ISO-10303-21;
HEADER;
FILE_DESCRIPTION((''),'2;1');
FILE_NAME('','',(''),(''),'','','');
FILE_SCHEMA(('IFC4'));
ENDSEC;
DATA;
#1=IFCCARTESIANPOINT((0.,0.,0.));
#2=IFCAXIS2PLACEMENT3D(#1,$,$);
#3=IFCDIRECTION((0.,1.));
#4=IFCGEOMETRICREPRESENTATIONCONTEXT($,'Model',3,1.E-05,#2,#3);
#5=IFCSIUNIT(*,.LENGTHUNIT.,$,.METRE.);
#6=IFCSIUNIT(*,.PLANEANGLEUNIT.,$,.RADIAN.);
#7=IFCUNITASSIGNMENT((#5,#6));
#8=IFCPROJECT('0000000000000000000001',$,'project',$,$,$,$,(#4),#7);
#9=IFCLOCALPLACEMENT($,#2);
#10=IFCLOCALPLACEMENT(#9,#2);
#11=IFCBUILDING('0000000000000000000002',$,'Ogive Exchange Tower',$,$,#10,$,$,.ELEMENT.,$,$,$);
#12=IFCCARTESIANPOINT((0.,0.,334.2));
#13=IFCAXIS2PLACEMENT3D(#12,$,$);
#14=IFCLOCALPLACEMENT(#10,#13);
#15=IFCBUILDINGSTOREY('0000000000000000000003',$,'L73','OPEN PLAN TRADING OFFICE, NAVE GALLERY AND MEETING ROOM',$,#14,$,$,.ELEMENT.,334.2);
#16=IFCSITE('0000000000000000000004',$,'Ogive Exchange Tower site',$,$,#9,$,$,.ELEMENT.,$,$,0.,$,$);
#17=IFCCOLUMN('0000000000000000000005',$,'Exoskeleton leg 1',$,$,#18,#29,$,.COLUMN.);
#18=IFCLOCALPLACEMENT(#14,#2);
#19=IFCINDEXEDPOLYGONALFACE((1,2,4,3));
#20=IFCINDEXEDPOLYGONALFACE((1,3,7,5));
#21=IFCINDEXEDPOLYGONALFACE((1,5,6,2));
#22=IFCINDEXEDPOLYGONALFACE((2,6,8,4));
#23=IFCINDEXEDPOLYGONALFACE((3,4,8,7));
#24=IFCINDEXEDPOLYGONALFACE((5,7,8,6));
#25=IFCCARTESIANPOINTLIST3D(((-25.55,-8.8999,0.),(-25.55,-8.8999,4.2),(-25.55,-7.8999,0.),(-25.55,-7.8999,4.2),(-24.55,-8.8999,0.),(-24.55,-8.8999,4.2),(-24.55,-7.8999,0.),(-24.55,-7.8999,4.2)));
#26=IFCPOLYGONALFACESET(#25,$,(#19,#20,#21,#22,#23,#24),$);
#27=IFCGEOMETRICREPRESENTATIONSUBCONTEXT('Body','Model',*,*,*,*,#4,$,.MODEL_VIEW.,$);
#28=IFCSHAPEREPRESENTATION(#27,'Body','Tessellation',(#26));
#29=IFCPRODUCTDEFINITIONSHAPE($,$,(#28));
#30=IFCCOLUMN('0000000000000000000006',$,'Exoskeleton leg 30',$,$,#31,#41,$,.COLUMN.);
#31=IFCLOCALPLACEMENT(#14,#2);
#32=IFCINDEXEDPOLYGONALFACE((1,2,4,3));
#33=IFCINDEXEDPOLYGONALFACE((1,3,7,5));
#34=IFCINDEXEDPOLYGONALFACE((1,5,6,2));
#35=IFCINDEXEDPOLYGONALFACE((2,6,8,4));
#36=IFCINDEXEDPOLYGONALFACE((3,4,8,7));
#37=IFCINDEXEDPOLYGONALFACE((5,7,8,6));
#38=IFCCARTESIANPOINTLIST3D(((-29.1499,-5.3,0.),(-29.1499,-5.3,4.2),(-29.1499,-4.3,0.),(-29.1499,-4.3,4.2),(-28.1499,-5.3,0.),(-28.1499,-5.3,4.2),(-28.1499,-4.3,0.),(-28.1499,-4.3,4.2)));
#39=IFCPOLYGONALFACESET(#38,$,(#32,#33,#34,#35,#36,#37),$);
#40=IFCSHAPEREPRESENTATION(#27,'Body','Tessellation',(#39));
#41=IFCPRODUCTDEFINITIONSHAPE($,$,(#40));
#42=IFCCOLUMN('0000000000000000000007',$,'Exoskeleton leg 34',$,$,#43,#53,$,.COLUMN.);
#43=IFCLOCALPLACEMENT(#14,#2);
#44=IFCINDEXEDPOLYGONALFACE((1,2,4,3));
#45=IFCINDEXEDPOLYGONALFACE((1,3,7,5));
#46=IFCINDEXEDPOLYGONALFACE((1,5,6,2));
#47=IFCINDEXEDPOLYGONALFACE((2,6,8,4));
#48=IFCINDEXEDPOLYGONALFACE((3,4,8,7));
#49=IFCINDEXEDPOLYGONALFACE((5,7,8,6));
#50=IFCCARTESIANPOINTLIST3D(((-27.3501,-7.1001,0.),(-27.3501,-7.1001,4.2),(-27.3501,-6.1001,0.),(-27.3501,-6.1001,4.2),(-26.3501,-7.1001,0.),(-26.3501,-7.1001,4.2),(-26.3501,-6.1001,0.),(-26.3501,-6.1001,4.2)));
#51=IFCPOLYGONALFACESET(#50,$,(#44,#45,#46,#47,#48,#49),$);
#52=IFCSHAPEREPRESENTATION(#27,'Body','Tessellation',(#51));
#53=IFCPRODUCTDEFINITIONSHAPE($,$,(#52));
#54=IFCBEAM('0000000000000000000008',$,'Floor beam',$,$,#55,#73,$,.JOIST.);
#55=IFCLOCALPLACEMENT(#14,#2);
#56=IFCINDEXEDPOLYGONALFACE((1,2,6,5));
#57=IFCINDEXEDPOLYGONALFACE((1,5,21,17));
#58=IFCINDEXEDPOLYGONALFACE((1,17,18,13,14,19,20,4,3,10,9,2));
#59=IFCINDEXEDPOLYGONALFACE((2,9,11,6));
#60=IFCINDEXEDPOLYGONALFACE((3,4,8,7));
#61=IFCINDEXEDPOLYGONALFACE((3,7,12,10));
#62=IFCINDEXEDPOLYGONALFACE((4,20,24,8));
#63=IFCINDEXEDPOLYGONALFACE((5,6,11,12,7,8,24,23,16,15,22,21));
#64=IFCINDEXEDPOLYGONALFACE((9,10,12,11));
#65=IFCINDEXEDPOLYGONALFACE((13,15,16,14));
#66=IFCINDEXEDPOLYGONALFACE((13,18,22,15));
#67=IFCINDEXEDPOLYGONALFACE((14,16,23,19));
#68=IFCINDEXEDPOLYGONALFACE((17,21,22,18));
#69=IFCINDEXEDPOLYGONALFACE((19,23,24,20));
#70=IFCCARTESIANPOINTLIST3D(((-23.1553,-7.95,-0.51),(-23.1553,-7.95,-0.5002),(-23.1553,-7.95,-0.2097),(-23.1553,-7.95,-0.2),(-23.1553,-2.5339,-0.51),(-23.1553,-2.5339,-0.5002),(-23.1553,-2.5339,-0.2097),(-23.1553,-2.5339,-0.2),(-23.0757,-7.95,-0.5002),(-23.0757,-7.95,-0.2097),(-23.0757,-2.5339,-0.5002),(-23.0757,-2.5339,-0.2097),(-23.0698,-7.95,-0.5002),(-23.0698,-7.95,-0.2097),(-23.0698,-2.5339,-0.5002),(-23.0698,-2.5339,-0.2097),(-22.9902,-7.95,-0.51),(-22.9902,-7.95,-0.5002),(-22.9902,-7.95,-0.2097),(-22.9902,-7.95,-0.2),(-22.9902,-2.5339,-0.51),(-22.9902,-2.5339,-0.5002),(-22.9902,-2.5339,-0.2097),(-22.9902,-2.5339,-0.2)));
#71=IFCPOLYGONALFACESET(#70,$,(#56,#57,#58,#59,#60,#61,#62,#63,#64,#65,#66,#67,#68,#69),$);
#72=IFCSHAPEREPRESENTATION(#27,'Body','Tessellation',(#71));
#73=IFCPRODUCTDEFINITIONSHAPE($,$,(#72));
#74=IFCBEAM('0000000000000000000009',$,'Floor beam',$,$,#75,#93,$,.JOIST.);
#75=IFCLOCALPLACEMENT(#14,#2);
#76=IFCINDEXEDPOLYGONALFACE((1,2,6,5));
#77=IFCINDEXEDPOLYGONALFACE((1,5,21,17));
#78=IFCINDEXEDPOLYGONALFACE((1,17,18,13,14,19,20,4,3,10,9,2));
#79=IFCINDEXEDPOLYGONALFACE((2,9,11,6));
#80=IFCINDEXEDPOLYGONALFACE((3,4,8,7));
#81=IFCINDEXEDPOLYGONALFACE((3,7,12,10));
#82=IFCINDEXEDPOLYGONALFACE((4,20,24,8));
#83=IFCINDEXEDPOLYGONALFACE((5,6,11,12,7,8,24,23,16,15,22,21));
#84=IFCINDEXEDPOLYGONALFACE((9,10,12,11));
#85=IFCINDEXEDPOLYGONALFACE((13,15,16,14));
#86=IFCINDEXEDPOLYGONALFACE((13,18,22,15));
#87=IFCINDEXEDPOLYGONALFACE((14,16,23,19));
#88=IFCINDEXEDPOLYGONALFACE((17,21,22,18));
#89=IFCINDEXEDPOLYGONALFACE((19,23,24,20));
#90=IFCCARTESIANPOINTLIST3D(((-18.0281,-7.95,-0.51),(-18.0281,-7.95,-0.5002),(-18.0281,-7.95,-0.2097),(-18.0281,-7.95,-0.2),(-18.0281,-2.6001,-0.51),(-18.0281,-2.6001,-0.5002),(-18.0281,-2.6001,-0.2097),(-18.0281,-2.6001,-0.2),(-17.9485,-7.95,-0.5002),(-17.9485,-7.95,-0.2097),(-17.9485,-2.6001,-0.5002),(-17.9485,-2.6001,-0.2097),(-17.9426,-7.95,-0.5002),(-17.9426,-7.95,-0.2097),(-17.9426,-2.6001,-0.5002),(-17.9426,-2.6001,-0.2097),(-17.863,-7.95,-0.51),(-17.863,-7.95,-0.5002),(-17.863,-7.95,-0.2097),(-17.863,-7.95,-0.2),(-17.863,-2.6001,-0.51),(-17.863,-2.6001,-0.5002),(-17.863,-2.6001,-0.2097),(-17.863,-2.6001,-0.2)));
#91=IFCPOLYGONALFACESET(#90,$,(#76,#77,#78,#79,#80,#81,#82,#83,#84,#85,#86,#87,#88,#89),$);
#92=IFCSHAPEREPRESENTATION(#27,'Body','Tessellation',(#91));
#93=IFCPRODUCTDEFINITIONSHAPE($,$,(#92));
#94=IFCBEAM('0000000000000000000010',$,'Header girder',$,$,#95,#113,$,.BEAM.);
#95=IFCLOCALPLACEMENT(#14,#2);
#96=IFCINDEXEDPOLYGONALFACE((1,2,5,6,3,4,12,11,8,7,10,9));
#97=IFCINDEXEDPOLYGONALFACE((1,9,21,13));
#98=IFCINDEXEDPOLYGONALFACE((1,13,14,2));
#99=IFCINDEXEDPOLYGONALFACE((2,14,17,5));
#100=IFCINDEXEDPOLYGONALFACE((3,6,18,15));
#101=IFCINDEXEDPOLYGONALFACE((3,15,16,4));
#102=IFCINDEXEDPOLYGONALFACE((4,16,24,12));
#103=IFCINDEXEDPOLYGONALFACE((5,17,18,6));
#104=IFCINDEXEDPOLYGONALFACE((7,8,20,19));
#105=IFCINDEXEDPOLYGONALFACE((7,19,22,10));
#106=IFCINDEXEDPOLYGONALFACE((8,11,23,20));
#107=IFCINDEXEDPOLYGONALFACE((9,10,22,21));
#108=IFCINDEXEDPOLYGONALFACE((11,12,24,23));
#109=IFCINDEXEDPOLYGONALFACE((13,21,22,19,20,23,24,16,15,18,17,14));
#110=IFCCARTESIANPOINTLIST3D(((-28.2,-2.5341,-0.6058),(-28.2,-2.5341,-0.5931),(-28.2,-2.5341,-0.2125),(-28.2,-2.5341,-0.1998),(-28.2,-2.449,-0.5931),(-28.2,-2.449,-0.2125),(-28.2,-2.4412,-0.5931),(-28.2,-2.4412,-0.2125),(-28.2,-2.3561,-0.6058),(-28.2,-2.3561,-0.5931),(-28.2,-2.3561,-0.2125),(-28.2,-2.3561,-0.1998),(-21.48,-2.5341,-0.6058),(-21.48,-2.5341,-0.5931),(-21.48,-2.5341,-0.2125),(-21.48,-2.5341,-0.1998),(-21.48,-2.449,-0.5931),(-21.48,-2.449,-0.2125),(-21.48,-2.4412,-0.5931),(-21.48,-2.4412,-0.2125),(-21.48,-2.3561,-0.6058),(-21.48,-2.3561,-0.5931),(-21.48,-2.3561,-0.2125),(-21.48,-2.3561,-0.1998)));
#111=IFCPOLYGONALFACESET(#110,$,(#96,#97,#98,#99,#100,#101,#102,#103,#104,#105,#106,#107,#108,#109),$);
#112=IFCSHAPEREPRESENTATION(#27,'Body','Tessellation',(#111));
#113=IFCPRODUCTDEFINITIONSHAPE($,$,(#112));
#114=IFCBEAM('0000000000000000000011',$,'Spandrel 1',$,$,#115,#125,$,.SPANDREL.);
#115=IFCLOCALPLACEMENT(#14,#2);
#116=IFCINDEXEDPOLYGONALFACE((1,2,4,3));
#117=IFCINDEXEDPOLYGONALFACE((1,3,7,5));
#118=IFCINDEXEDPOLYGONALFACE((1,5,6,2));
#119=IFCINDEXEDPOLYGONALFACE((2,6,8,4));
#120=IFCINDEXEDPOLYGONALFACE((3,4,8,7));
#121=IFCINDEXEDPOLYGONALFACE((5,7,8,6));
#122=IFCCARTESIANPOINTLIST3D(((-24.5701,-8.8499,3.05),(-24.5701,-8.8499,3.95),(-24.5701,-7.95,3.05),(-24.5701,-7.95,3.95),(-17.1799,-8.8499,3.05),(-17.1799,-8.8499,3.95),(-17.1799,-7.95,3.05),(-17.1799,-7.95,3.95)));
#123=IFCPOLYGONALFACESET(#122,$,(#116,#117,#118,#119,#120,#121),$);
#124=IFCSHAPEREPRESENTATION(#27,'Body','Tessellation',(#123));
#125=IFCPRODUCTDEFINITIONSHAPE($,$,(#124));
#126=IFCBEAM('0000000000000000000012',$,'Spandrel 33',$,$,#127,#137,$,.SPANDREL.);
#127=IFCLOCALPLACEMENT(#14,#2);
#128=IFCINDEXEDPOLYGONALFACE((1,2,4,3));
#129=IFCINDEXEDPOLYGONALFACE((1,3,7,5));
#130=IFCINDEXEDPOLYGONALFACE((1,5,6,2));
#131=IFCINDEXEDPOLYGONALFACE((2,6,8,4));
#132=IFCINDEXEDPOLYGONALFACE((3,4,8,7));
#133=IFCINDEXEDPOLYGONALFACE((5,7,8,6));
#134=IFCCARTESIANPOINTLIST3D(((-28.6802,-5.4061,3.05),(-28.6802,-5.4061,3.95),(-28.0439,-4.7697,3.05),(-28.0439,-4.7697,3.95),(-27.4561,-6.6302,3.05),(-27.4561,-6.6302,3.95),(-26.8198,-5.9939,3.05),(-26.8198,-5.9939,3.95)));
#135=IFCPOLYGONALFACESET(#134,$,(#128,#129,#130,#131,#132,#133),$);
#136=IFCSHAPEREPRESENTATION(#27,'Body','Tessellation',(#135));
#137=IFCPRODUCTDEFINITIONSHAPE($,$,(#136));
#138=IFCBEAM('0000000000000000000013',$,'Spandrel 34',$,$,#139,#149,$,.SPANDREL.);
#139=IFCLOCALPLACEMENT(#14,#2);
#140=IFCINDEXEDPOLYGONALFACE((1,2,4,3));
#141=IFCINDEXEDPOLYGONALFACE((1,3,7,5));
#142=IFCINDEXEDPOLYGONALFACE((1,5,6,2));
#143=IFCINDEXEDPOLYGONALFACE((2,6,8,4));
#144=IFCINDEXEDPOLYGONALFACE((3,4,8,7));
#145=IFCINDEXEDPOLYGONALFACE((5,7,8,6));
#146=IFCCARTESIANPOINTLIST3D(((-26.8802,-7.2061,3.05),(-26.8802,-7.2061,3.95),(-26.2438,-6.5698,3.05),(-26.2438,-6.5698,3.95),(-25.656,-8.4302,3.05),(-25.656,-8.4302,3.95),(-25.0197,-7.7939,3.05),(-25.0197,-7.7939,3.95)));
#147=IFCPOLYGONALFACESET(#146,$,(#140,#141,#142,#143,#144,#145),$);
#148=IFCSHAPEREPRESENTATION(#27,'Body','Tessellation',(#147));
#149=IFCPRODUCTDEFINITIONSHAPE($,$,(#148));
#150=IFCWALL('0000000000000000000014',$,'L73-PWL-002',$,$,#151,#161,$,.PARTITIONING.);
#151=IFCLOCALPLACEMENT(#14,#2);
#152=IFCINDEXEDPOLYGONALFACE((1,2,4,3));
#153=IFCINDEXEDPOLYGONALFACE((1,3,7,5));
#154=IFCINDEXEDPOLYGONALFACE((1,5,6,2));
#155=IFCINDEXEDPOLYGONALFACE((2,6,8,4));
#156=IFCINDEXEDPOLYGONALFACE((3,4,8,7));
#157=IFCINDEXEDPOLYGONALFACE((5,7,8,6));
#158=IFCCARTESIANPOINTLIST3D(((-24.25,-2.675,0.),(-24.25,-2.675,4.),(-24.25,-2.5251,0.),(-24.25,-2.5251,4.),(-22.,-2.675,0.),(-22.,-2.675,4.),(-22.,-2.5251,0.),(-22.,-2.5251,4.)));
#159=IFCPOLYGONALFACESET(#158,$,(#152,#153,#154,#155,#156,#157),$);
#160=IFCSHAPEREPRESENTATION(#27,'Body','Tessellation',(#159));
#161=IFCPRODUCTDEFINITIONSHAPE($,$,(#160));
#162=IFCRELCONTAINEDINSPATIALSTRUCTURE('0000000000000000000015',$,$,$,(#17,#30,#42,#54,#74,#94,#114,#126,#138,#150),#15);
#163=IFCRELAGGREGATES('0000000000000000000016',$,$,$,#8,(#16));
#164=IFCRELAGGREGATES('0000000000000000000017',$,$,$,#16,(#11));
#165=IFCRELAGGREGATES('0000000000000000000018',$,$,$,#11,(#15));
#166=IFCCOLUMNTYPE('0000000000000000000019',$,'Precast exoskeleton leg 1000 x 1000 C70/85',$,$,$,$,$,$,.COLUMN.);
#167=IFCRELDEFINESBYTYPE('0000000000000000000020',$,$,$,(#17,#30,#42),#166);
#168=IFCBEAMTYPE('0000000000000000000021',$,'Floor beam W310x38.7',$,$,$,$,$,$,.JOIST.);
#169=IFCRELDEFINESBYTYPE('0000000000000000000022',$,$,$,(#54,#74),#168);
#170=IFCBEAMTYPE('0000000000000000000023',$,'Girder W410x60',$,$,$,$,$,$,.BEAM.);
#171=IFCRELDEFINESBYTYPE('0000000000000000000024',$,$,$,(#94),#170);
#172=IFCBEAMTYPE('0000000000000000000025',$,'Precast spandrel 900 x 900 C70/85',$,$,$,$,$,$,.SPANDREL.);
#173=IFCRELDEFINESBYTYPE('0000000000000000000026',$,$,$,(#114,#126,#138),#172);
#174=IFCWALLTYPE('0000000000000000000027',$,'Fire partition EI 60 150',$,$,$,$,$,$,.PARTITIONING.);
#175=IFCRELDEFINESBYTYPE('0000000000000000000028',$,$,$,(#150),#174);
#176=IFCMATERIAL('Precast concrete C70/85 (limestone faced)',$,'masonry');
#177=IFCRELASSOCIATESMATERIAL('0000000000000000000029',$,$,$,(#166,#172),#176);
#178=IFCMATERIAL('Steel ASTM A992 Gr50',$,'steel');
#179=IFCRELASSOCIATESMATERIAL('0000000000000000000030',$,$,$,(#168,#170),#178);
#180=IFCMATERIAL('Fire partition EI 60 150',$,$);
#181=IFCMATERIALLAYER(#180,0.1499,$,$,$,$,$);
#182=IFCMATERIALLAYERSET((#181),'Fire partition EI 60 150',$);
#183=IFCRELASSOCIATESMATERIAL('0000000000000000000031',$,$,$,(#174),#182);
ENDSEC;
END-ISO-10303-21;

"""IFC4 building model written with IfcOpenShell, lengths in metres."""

from ifc_helpers import new_model, si_unit, direction, frame, frame_2d, origin, origin_2d, place, context, subcontext, project, spatial, rectangle, i_section, extrude, material, layer, layer_set, material_profile, profile_set, type_object, element, save


model = new_model("IFC4")

# Units and contexts
model_context = context("Model", 3, precision=1e-05, world=origin(), true_north=direction((0.0, 1.0)))
body_context = subcontext(model_context, "Body", "Model", "MODEL_VIEW")
ifc_project = project(units=[si_unit("LENGTHUNIT", "METRE"), si_unit("PLANEANGLEUNIT", "RADIAN")], contexts=[model_context])

# Site, building, storey
site_placement = place(None, origin())
site = spatial("IfcSite", under=ifc_project, at=site_placement, Name="Ogive Exchange Tower site", CompositionType="ELEMENT", RefElevation=0.0)
building_placement = place(site_placement, origin())
building = spatial("IfcBuilding", under=site, at=building_placement, Name="Ogive Exchange Tower", CompositionType="ELEMENT")
storey_placement = place(building_placement, frame((0.0, 0.0, 334.2)))
storey = spatial("IfcBuildingStorey", under=building, at=storey_placement, Name="L73", Description="OPEN PLAN TRADING OFFICE, NAVE GALLERY AND MEETING ROOM", CompositionType="ELEMENT", Elevation=334.2)

# Columns
ifc_material_1 = material(Name="Precast concrete C70/85 (limestone faced)", Category="masonry")
ifc_material_profile_1 = material_profile(ifc_material_1, rectangle(XDim=1.0, YDim=1.0, at=origin_2d()), Name="1000 x 1000")
ifc_profile_set_1 = profile_set([ifc_material_profile_1], Name="Precast concrete C70/85 (limestone faced)")
column_type = type_object("IfcColumnType", Name="Precast exoskeleton leg 1000 x 1000 C70/85", PredefinedType="COLUMN", material=ifc_profile_set_1)
for number, where, z_axis, x_axis, name in (
    (1, (-25.05, -8.3999, 0.0), (0.0, 0.0, 1.0), (1.0, 0.0, 0.0), "Exoskeleton leg 1"),
    (2, (-28.6499, -4.8, 0.0), (0.0, 0.0, 1.0), (1.0, 0.0, 0.0), "Exoskeleton leg 30"),
    (3, (-26.8501, -6.6001, 0.0), (0.0, 0.0, 1.0), (1.0, 0.0, 0.0), "Exoskeleton leg 34"),
):
    element("IfcColumn", number, at=place(storey_placement, frame(where, z_axis=z_axis, x_axis=x_axis)), inside=storey, type_object=column_type, Name=name, PredefinedType="COLUMN", context=body_context, shape_type="SweptSolid", body=[
        extrude(rectangle(XDim=1.0, YDim=1.0, at=origin_2d()), origin(), (0.0, 0.0, 1.0), 4.2),
    ])

# Beams
ifc_material_2 = material(Name="Steel ASTM A992 Gr50", Category="steel")
ifc_material_profile_2 = material_profile(ifc_material_2, i_section(OverallWidth=0.165, OverallDepth=0.3101, WebThickness=0.0059, FlangeThickness=0.0098, at=origin_2d()), Name="W310x38.7")
ifc_profile_set_2 = profile_set([ifc_material_profile_2], Name="Steel ASTM A992 Gr50")
beam_type_1 = type_object("IfcBeamType", Name="Floor beam W310x38.7", PredefinedType="JOIST", material=ifc_profile_set_2)
beam_1_placement = place(storey_placement, frame((-23.0728, -7.95, -0.355), z_axis=(0.0, 1.0, 0.0), x_axis=(-1.0, 0.0, 0.0)))
element("IfcBeam", 4, at=beam_1_placement, inside=storey, type_object=beam_type_1, Name="Floor beam", PredefinedType="JOIST", context=body_context, shape_type="SweptSolid", body=[
    extrude(i_section(OverallWidth=0.165, OverallDepth=0.3101, WebThickness=0.0059, FlangeThickness=0.0098, at=origin_2d()), origin(), (0.0, 0.0, 1.0), 5.416),
])
beam_2_placement = place(storey_placement, frame((-17.9456, -7.95, -0.355), z_axis=(0.0, 1.0, 0.0), x_axis=(-1.0, 0.0, 0.0)))
element("IfcBeam", 5, at=beam_2_placement, inside=storey, type_object=beam_type_1, Name="Floor beam", PredefinedType="JOIST", context=body_context, shape_type="SweptSolid", body=[
    extrude(i_section(OverallWidth=0.165, OverallDepth=0.3101, WebThickness=0.0059, FlangeThickness=0.0098, at=origin_2d()), origin(), (0.0, 0.0, 1.0), 5.3499),
])
ifc_material_profile_3 = material_profile(ifc_material_2, i_section(OverallWidth=0.178, OverallDepth=0.406, WebThickness=0.0078, FlangeThickness=0.0127, at=origin_2d()), Name="W410x60")
ifc_profile_set_3 = profile_set([ifc_material_profile_3], Name="Steel ASTM A992 Gr50")
beam_type_2 = type_object("IfcBeamType", Name="Girder W410x60", PredefinedType="BEAM", material=ifc_profile_set_3)
beam_3_placement = place(storey_placement, frame((-28.2, -2.4451, -0.4028), z_axis=(1.0, 0.0, 0.0), x_axis=(0.0, 1.0, 0.0)))
element("IfcBeam", 6, at=beam_3_placement, inside=storey, type_object=beam_type_2, Name="Header girder", PredefinedType="BEAM", context=body_context, shape_type="SweptSolid", body=[
    extrude(i_section(OverallWidth=0.178, OverallDepth=0.406, WebThickness=0.0078, FlangeThickness=0.0127, at=origin_2d()), origin(), (0.0, 0.0, 1.0), 6.72),
])
ifc_material_profile_4 = material_profile(ifc_material_1, rectangle(XDim=0.8999, YDim=0.8999, at=origin_2d()), Name="900 x 900")
ifc_profile_set_4 = profile_set([ifc_material_profile_4], Name="Precast concrete C70/85 (limestone faced)")
beam_type_3 = type_object("IfcBeamType", Name="Precast spandrel 900 x 900 C70/85", PredefinedType="SPANDREL", material=ifc_profile_set_4)
beam_4_placement = place(storey_placement, frame((-24.5701, -8.3999, 3.5), z_axis=(1.0, 0.0, 0.0), x_axis=(0.0, 1.0, 0.0)))
element("IfcBeam", 7, at=beam_4_placement, inside=storey, type_object=beam_type_3, Name="Spandrel 1", PredefinedType="SPANDREL", context=body_context, shape_type="SweptSolid", body=[
    extrude(rectangle(XDim=0.8999, YDim=0.8999, at=origin_2d()), origin(), (0.0, 0.0, 1.0), 7.3901),
])
for number, where, z_axis, x_axis, name in (
    (8, (-28.3621, -5.0879, 3.5), (0.707107, -0.707107, 0.0), (0.707107, 0.707107, 0.0), "Spandrel 33"),
    (9, (-26.562, -6.8879, 3.5), (0.707107, -0.707107, 0.0), (0.707107, 0.707107, 0.0), "Spandrel 34"),
):
    element("IfcBeam", number, at=place(storey_placement, frame(where, z_axis=z_axis, x_axis=x_axis)), inside=storey, type_object=beam_type_3, Name=name, PredefinedType="SPANDREL", context=body_context, shape_type="SweptSolid", body=[
        extrude(rectangle(XDim=0.8999, YDim=0.8999, at=origin_2d()), origin(), (0.0, 0.0, 1.0), 1.7312),
    ])

# Wall
ifc_material_3 = material(Name="Fire partition EI 60 150")
ifc_layer_1 = layer(ifc_material_3, 0.1499)
ifc_layer_set_1 = layer_set([ifc_layer_1], Name="Fire partition EI 60 150")
wall_type_1 = type_object("IfcWallType", Name="Fire partition EI 60 150", PredefinedType="PARTITIONING", material=ifc_layer_set_1)
wall_1_placement = place(storey_placement, frame((-24.25, -2.6001, 0.0), z_axis=(0.0, 0.0, 1.0), x_axis=(1.0, 0.0, 0.0)))
element("IfcWall", 10, at=wall_1_placement, inside=storey, type_object=wall_type_1, Name="L73-PWL-002", PredefinedType="PARTITIONING", context=body_context, shape_type="SweptSolid", body=[
    extrude(rectangle(XDim=2.25, YDim=0.1499, at=frame_2d((1.125, 0.0))), origin(), (0.0, 0.0, 1.0), 4.0),
])

save(model, "model.ifc")
